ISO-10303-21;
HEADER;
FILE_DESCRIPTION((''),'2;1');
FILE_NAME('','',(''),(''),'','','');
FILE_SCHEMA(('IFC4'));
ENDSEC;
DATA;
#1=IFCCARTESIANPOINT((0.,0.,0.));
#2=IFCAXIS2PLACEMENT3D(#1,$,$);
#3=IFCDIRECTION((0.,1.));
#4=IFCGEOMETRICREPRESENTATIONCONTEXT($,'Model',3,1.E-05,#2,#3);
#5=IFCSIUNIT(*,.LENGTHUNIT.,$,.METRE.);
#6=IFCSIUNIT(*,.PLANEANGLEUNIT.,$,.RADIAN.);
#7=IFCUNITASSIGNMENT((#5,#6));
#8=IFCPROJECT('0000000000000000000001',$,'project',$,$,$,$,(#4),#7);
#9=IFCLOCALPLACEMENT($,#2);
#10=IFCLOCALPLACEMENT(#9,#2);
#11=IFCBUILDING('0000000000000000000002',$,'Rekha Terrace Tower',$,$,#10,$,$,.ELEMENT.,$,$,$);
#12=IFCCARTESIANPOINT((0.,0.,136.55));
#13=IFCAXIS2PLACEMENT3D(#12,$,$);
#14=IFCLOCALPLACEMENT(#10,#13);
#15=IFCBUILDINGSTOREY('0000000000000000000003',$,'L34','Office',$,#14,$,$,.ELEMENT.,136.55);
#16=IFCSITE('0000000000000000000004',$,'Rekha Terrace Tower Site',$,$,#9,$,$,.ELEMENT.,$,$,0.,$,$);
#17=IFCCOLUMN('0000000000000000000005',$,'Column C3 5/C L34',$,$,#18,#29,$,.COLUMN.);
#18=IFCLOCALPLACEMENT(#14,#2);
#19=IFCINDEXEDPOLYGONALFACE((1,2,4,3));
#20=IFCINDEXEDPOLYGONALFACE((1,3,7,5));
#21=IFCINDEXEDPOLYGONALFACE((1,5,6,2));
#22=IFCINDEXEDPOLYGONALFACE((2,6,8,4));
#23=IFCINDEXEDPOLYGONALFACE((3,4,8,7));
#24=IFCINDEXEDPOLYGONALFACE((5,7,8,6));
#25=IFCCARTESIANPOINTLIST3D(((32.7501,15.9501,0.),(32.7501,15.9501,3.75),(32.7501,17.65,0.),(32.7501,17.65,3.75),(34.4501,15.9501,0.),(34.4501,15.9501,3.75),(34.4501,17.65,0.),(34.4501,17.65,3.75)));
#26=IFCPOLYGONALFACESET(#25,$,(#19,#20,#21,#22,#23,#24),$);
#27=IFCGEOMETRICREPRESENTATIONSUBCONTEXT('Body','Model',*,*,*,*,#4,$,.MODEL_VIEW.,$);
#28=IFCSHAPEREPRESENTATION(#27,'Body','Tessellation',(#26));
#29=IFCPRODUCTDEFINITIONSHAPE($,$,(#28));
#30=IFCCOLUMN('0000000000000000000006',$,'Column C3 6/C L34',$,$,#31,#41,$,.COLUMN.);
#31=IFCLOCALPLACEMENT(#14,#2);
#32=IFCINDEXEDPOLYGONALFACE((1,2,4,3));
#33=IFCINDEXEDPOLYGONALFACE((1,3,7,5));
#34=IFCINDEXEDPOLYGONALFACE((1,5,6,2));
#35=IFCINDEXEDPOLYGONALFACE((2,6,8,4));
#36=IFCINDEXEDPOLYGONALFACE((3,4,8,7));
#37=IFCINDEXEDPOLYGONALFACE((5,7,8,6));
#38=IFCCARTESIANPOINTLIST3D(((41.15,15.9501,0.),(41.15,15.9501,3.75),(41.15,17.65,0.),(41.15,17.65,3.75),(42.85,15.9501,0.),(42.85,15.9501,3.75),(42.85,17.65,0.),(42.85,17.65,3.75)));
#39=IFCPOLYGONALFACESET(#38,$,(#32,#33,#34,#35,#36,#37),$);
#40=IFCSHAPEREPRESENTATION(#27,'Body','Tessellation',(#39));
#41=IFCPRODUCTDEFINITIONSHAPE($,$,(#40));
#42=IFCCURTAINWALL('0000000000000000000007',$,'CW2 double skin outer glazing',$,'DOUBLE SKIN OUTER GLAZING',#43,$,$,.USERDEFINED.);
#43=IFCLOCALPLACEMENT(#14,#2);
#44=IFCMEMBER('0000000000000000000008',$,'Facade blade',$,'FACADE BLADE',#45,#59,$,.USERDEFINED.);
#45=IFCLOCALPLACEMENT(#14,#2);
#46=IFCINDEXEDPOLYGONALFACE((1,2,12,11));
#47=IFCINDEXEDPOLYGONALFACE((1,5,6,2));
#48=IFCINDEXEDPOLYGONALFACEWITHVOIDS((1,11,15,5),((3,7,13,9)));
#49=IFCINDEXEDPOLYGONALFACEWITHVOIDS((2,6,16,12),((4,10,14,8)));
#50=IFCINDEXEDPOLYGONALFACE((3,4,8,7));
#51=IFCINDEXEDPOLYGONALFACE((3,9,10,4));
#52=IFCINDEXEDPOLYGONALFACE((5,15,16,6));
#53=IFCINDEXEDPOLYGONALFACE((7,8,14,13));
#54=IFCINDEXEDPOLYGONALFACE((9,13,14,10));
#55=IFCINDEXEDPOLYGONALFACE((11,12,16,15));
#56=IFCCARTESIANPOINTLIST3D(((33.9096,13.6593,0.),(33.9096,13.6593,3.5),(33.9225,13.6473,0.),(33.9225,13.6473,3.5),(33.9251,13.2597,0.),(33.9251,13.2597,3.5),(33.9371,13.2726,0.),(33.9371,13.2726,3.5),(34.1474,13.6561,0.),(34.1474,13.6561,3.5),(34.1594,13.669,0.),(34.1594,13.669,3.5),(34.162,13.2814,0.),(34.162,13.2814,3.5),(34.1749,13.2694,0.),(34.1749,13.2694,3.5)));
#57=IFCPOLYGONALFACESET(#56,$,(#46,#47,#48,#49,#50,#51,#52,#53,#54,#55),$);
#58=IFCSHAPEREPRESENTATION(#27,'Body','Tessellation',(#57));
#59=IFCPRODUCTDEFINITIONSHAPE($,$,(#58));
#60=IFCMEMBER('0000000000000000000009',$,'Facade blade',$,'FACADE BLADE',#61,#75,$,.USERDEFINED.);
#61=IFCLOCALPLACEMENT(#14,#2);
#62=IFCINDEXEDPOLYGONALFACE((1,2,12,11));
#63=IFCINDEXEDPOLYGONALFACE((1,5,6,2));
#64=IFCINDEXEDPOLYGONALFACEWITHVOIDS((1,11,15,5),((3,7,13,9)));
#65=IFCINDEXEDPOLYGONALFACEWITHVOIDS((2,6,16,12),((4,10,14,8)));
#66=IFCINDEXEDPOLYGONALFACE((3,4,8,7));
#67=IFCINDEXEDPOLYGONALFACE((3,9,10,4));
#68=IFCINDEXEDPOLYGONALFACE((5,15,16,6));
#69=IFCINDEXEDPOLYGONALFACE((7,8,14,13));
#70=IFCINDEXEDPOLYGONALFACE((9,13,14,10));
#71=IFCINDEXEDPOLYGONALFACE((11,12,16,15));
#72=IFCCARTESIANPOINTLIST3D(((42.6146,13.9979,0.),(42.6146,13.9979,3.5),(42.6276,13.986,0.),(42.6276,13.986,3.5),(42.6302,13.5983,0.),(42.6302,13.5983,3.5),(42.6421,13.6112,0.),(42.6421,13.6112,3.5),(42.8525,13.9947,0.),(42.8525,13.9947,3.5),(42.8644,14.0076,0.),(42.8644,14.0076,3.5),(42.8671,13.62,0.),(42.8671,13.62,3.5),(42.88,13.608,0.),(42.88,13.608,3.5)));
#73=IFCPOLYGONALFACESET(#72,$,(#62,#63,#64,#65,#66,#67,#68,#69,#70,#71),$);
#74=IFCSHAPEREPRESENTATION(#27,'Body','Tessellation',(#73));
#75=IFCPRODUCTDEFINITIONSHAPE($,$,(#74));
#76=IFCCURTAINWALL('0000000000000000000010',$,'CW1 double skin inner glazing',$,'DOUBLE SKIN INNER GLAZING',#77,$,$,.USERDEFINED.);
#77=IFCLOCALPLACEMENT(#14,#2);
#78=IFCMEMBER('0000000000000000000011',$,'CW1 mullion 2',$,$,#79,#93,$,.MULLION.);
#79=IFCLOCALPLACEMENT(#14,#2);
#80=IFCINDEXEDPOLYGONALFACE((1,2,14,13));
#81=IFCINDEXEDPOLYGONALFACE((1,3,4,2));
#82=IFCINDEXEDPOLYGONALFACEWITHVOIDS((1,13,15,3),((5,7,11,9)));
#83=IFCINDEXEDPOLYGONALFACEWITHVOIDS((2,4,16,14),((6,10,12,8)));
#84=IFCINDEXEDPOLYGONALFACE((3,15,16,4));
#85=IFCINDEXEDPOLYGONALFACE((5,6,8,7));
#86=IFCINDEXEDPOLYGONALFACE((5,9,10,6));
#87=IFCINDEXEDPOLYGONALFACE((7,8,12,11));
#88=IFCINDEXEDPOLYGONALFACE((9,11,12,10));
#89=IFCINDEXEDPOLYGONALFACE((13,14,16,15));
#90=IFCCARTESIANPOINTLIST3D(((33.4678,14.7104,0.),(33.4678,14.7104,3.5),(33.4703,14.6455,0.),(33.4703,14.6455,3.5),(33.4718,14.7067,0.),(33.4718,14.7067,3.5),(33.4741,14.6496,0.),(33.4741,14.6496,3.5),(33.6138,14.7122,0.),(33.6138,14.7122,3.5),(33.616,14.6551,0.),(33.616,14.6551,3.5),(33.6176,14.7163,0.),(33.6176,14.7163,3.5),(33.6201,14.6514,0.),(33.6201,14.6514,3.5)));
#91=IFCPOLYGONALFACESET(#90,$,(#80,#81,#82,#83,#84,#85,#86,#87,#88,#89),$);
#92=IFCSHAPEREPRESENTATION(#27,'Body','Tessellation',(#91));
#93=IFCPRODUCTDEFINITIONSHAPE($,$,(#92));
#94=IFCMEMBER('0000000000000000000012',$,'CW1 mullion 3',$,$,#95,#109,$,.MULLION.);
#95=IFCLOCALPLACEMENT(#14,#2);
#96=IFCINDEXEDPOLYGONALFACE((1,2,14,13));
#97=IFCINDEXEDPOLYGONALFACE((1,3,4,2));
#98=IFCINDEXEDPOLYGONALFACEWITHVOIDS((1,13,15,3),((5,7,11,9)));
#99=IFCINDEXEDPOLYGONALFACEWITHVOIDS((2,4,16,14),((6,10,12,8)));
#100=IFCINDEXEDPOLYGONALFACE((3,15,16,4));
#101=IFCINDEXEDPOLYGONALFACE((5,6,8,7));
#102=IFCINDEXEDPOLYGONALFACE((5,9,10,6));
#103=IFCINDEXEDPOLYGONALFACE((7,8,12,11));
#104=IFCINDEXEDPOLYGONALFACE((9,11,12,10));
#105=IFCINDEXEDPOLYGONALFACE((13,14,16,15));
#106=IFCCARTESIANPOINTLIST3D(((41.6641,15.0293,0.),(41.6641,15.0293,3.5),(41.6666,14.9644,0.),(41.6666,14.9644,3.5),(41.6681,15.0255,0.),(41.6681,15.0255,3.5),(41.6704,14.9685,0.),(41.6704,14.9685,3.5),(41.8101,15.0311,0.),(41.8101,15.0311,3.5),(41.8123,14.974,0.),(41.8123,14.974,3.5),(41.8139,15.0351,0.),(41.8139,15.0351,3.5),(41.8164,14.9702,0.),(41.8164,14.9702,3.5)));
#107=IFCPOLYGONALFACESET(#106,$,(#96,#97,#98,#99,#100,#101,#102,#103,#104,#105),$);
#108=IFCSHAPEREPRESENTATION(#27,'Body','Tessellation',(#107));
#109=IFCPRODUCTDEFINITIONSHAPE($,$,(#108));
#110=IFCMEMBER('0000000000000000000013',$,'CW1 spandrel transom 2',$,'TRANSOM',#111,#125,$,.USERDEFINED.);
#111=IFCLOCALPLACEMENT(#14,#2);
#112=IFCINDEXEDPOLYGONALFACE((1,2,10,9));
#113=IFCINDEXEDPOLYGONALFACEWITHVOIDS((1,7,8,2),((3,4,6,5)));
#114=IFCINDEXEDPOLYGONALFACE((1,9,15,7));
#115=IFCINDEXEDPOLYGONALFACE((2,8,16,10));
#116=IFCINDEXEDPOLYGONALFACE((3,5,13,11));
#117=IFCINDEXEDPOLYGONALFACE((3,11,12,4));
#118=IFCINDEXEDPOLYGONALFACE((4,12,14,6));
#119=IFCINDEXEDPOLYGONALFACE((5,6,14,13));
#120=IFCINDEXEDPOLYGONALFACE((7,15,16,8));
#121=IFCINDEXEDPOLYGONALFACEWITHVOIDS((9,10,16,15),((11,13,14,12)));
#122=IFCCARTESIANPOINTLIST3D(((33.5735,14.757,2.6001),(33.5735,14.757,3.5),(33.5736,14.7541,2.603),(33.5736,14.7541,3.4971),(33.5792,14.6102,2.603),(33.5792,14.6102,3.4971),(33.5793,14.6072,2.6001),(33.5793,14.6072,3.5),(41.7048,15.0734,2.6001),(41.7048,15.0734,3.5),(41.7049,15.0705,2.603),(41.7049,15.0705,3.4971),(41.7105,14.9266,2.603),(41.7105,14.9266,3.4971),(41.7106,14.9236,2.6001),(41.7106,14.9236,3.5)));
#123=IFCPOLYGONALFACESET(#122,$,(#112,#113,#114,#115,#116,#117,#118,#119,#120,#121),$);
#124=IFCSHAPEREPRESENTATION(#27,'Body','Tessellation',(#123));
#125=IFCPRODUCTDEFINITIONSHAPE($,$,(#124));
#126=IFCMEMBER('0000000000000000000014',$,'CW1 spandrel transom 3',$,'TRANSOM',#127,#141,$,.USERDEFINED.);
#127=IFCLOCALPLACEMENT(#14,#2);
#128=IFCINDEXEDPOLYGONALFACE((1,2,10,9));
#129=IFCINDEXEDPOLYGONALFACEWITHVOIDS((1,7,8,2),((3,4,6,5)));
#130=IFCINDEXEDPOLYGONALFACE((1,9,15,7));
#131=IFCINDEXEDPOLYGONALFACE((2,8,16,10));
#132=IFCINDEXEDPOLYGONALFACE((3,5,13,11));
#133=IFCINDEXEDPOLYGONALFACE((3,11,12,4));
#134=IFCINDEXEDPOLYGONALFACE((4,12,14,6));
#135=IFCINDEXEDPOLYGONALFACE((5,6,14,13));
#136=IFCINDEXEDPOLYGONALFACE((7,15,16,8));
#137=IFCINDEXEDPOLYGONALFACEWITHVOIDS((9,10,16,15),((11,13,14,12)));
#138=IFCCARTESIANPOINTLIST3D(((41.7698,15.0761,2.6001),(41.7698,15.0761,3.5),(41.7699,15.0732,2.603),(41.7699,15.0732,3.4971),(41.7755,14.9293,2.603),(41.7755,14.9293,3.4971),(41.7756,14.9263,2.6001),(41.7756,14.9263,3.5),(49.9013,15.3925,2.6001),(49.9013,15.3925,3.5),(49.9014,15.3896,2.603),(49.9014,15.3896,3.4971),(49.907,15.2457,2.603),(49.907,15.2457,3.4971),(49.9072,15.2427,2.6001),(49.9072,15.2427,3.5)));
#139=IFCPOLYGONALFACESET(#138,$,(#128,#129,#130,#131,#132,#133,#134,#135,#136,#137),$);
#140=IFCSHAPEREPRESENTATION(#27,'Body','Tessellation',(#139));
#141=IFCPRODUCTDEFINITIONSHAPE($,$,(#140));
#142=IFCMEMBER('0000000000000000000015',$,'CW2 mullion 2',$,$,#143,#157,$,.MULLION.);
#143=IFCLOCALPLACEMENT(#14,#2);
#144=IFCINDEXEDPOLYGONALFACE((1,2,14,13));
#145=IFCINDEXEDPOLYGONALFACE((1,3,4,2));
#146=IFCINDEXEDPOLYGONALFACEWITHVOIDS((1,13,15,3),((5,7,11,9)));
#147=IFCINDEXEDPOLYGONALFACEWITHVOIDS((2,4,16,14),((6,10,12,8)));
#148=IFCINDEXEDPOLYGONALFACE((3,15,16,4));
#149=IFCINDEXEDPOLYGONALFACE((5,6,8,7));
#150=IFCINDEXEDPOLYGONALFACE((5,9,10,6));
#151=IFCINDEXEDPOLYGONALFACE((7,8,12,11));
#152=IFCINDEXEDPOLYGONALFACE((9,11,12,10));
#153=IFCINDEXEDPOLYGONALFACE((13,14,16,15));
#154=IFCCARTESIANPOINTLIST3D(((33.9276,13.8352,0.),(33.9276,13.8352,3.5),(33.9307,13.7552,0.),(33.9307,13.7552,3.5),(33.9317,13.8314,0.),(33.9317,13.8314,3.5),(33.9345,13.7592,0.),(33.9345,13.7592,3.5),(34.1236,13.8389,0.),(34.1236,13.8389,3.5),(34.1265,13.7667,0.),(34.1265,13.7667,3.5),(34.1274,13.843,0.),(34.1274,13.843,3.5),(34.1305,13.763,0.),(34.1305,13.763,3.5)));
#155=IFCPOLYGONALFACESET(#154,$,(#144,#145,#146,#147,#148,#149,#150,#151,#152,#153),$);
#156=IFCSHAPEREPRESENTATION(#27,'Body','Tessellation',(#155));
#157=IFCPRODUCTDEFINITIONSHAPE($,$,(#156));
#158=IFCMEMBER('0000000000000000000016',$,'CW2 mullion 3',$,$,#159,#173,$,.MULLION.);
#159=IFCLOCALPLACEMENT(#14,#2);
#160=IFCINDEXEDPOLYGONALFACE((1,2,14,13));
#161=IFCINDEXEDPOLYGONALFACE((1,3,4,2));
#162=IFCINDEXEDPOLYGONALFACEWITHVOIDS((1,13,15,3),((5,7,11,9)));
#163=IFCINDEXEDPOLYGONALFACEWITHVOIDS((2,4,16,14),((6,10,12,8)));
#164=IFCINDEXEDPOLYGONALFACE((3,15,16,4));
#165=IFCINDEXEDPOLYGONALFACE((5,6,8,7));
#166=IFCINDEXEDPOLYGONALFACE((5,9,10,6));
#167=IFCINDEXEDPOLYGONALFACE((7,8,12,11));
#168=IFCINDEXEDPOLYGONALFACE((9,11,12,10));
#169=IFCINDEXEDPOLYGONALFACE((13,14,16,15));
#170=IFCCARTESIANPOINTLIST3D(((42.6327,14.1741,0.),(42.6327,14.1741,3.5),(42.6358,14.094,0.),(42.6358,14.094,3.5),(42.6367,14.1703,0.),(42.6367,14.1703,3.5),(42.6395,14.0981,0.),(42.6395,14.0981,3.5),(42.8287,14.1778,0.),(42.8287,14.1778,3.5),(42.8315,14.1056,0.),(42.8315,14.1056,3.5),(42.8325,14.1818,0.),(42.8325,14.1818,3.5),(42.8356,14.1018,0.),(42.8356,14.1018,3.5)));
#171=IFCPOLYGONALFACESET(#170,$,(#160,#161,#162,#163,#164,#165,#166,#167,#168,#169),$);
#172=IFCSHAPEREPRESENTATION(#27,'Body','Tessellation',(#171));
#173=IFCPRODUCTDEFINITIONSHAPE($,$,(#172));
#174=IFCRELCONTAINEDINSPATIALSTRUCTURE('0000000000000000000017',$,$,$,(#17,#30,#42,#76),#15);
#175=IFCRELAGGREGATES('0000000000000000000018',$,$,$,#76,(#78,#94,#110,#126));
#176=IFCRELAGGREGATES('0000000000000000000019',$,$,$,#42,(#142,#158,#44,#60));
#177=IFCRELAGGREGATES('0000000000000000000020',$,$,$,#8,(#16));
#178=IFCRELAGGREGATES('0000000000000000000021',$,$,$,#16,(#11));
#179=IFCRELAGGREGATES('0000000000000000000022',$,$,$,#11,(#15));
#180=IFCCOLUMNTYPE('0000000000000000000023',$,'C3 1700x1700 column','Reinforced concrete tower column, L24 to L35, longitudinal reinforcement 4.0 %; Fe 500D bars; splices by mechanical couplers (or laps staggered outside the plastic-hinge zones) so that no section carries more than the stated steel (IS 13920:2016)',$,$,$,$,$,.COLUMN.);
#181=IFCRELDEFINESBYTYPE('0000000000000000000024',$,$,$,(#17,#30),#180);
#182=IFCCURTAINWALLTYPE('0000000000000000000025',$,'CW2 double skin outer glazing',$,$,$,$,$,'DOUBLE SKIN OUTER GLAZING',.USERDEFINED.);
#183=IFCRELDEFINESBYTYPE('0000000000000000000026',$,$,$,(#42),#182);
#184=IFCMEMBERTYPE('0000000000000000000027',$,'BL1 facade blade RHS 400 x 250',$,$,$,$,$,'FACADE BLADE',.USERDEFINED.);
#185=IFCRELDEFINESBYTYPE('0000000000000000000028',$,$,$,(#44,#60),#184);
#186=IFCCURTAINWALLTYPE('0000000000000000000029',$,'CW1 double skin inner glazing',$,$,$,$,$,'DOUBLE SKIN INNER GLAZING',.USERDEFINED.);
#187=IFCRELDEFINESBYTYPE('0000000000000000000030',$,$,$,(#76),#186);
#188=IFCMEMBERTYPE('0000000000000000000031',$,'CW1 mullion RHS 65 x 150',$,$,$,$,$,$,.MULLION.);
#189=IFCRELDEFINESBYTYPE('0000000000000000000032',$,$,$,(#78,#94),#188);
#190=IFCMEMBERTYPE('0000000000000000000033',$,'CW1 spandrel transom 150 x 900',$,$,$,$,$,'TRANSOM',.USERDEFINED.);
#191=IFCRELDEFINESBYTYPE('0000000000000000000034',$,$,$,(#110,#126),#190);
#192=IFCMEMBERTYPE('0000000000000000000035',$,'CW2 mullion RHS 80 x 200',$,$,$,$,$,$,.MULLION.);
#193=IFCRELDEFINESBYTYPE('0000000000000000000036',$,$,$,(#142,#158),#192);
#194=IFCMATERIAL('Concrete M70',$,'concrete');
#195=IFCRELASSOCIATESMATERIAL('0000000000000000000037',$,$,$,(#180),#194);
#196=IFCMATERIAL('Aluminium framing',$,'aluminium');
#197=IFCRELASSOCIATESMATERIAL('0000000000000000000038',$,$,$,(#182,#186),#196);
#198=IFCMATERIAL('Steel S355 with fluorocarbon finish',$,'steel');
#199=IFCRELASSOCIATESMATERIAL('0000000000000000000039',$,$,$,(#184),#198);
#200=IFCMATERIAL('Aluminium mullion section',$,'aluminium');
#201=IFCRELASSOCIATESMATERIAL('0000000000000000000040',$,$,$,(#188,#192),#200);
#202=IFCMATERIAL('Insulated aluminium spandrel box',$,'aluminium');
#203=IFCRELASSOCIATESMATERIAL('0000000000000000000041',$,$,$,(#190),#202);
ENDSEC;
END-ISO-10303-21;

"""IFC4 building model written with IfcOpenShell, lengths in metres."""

from ifc_helpers import new_model, si_unit, direction, frame, origin, origin_2d, place, context, subcontext, project, spatial, rectangle, hollow_rectangle, extrude, material, material_profile, profile_set, type_object, element, aggregate, save


model = new_model("IFC4")

# Units and contexts
model_context = context("Model", 3, precision=1e-05, world=origin(), true_north=direction((0.0, 1.0)))
body_context = subcontext(model_context, "Body", "Model", "MODEL_VIEW")
ifc_project = project(units=[si_unit("LENGTHUNIT", "METRE"), si_unit("PLANEANGLEUNIT", "RADIAN")], contexts=[model_context])

# Site, building, storey
site_placement = place(None, origin())
site = spatial("IfcSite", under=ifc_project, at=site_placement, Name="Rekha Terrace Tower Site", CompositionType="ELEMENT", RefElevation=0.0)
building_placement = place(site_placement, origin())
building = spatial("IfcBuilding", under=site, at=building_placement, Name="Rekha Terrace Tower", CompositionType="ELEMENT")
storey_placement = place(building_placement, frame((0.0, 0.0, 136.55)))
storey = spatial("IfcBuildingStorey", under=building, at=storey_placement, Name="L34", Description="Office", CompositionType="ELEMENT", Elevation=136.55)

# Columns
ifc_material_1 = material(Name="Concrete M70", Category="concrete")
ifc_material_profile_1 = material_profile(ifc_material_1, rectangle(XDim=1.7, YDim=1.7, at=origin_2d()), Name="RC 1700x1700")
ifc_profile_set_1 = profile_set([ifc_material_profile_1], Name="Concrete M70")
column_type = type_object("IfcColumnType", Name="C3 1700x1700 column", Description="Reinforced concrete tower column, L24 to L35, longitudinal reinforcement 4.0 %; Fe 500D bars; splices by mechanical couplers (or laps staggered outside the plastic-hinge zones) so that no section carries more than the stated steel (IS 13920:2016)", PredefinedType="COLUMN", material=ifc_profile_set_1)
for number, where, z_axis, x_axis, name in (
    (1, (33.6001, 16.8, 0.0), (0.0, 0.0, 1.0), (1.0, 0.0, 0.0), "Column C3 5/C L34"),
    (2, (42.0, 16.8, 0.0), (0.0, 0.0, 1.0), (1.0, 0.0, 0.0), "Column C3 6/C L34"),
):
    element("IfcColumn", number, at=place(storey_placement, frame(where, z_axis=z_axis, x_axis=x_axis)), inside=storey, type_object=column_type, Name=name, PredefinedType="COLUMN", context=body_context, shape_type="SweptSolid", body=[
        extrude(rectangle(XDim=1.7, YDim=1.7, at=origin_2d()), origin(), (0.0, 0.0, 1.0), 3.75),
    ])

# Curtain walls, members
ifc_material_2 = material(Name="Aluminium framing", Category="aluminium")
curtain_wall_type_1 = type_object("IfcCurtainWallType", Name="CW2 double skin outer glazing", ElementType="DOUBLE SKIN OUTER GLAZING", PredefinedType="USERDEFINED", material=ifc_material_2)
curtain_wall_1_placement = place(storey_placement, origin())
curtain_wall_1 = element("IfcCurtainWall", 3, at=curtain_wall_1_placement, inside=storey, type_object=curtain_wall_type_1, Name="CW2 double skin outer glazing", ObjectType="DOUBLE SKIN OUTER GLAZING", PredefinedType="USERDEFINED")
ifc_material_3 = material(Name="Steel S355 with fluorocarbon finish", Category="steel")
ifc_material_profile_2 = material_profile(ifc_material_3, hollow_rectangle(XDim=0.25, YDim=0.3999, WallThickness=0.0125, at=origin_2d()), Name="RHS400x250x12.5")
ifc_profile_set_2 = profile_set([ifc_material_profile_2], Name="Steel S355 with fluorocarbon finish")
member_type_1 = type_object("IfcMemberType", Name="BL1 facade blade RHS 400 x 250", ElementType="FACADE BLADE", PredefinedType="USERDEFINED", material=ifc_profile_set_2)
member_1_placement = place(storey_placement, frame((34.0422, 13.4644, 0.0), z_axis=(0.0, 0.0, 1.0), x_axis=(0.999243, 0.03889, 0.0)))
member_1 = element("IfcMember", 4, at=member_1_placement, type_object=member_type_1, Name="Facade blade", ObjectType="FACADE BLADE", PredefinedType="USERDEFINED", context=body_context, shape_type="SweptSolid", body=[
    extrude(hollow_rectangle(XDim=0.25, YDim=0.3999, WallThickness=0.0125, at=origin_2d()), origin(), (0.0, 0.0, 1.0), 3.5),
])
member_2_placement = place(storey_placement, frame((42.7473, 13.803, 0.0), z_axis=(0.0, 0.0, 1.0), x_axis=(0.999243, 0.03889, 0.0)))
member_2 = element("IfcMember", 5, at=member_2_placement, type_object=member_type_1, Name="Facade blade", ObjectType="FACADE BLADE", PredefinedType="USERDEFINED", context=body_context, shape_type="SweptSolid", body=[
    extrude(hollow_rectangle(XDim=0.25, YDim=0.3999, WallThickness=0.0125, at=origin_2d()), origin(), (0.0, 0.0, 1.0), 3.5),
])
curtain_wall_type_2 = type_object("IfcCurtainWallType", Name="CW1 double skin inner glazing", ElementType="DOUBLE SKIN INNER GLAZING", PredefinedType="USERDEFINED", material=ifc_material_2)
curtain_wall_2_placement = place(storey_placement, origin())
curtain_wall_2 = element("IfcCurtainWall", 6, at=curtain_wall_2_placement, inside=storey, type_object=curtain_wall_type_2, Name="CW1 double skin inner glazing", ObjectType="DOUBLE SKIN INNER GLAZING", PredefinedType="USERDEFINED")
ifc_material_4 = material(Name="Aluminium mullion section", Category="aluminium")
ifc_material_profile_3 = material_profile(ifc_material_4, hollow_rectangle(XDim=0.0649, YDim=0.1499, WallThickness=0.0039, at=origin_2d()), Name="AL RHS 65x150")
ifc_profile_set_3 = profile_set([ifc_material_profile_3], Name="Aluminium mullion section")
member_type_2 = type_object("IfcMemberType", Name="CW1 mullion RHS 65 x 150", PredefinedType="MULLION", material=ifc_profile_set_3)
member_3_placement = place(storey_placement, frame((33.5439, 14.6809, 0.0), z_axis=(0.0, 0.0, 1.0), x_axis=(-0.03889, 0.999243, 0.0)))
member_3 = element("IfcMember", 7, at=member_3_placement, type_object=member_type_2, Name="CW1 mullion 2", PredefinedType="MULLION", context=body_context, shape_type="SweptSolid", body=[
    extrude(hollow_rectangle(XDim=0.0649, YDim=0.1499, WallThickness=0.0039, at=origin_2d()), origin(), (0.0, 0.0, 1.0), 3.5),
])
member_4_placement = place(storey_placement, frame((41.7402, 14.9998, 0.0), z_axis=(0.0, 0.0, 1.0), x_axis=(-0.03889, 0.999243, 0.0)))
member_4 = element("IfcMember", 8, at=member_4_placement, type_object=member_type_2, Name="CW1 mullion 3", PredefinedType="MULLION", context=body_context, shape_type="SweptSolid", body=[
    extrude(hollow_rectangle(XDim=0.0649, YDim=0.1499, WallThickness=0.0039, at=origin_2d()), origin(), (0.0, 0.0, 1.0), 3.5),
])
ifc_material_5 = material(Name="Insulated aluminium spandrel box", Category="aluminium")
ifc_material_profile_4 = material_profile(ifc_material_5, hollow_rectangle(XDim=0.1499, YDim=0.8999, WallThickness=0.0029, at=origin_2d()), Name="AL SPANDREL BOX 150x900")
ifc_profile_set_4 = profile_set([ifc_material_profile_4], Name="Insulated aluminium spandrel box")
member_type_3 = type_object("IfcMemberType", Name="CW1 spandrel transom 150 x 900", ElementType="TRANSOM", PredefinedType="USERDEFINED", material=ifc_profile_set_4)
member_5_placement = place(storey_placement, frame((33.5764, 14.6821, 3.05), z_axis=(0.999244, 0.038882, 0.0), x_axis=(-0.038882, 0.999244, 0.0)))
member_5 = element("IfcMember", 9, at=member_5_placement, type_object=member_type_3, Name="CW1 spandrel transom 2", ObjectType="TRANSOM", PredefinedType="USERDEFINED", context=body_context, shape_type="SweptSolid", body=[
    extrude(hollow_rectangle(XDim=0.1499, YDim=0.8999, WallThickness=0.0029, at=origin_2d()), origin(), (0.0, 0.0, 1.0), 8.1375),
])
member_6_placement = place(storey_placement, frame((41.7727, 15.0012, 3.05), z_axis=(0.999244, 0.038881, 0.0), x_axis=(-0.038881, 0.999244, 0.0)))
member_6 = element("IfcMember", 10, at=member_6_placement, type_object=member_type_3, Name="CW1 spandrel transom 3", ObjectType="TRANSOM", PredefinedType="USERDEFINED", context=body_context, shape_type="SweptSolid", body=[
    extrude(hollow_rectangle(XDim=0.1499, YDim=0.8999, WallThickness=0.0029, at=origin_2d()), origin(), (0.0, 0.0, 1.0), 8.1377),
])

# Members
ifc_material_profile_5 = material_profile(ifc_material_4, hollow_rectangle(XDim=0.0801, YDim=0.2, WallThickness=0.0039, at=origin_2d()), Name="AL RHS 80x200")
ifc_profile_set_5 = profile_set([ifc_material_profile_5], Name="Aluminium mullion section")
member_type_4 = type_object("IfcMemberType", Name="CW2 mullion RHS 80 x 200", PredefinedType="MULLION", material=ifc_profile_set_5)
member_7_placement = place(storey_placement, frame((34.0291, 13.7991, 0.0), z_axis=(0.0, 0.0, 1.0), x_axis=(-0.03889, 0.999243, 0.0)))
member_7 = element("IfcMember", 11, at=member_7_placement, type_object=member_type_4, Name="CW2 mullion 2", PredefinedType="MULLION", context=body_context, shape_type="SweptSolid", body=[
    extrude(hollow_rectangle(XDim=0.0801, YDim=0.2, WallThickness=0.0039, at=origin_2d()), origin(), (0.0, 0.0, 1.0), 3.5),
])
member_8_placement = place(storey_placement, frame((42.7341, 14.1379, 0.0), z_axis=(0.0, 0.0, 1.0), x_axis=(-0.03889, 0.999243, 0.0)))
member_8 = element("IfcMember", 12, at=member_8_placement, type_object=member_type_4, Name="CW2 mullion 3", PredefinedType="MULLION", context=body_context, shape_type="SweptSolid", body=[
    extrude(hollow_rectangle(XDim=0.0801, YDim=0.2, WallThickness=0.0039, at=origin_2d()), origin(), (0.0, 0.0, 1.0), 3.5),
])

aggregate(curtain_wall_2, [member_3, member_4, member_5, member_6])
aggregate(curtain_wall_1, [member_7, member_8, member_1, member_2])

save(model, "model.ifc")
